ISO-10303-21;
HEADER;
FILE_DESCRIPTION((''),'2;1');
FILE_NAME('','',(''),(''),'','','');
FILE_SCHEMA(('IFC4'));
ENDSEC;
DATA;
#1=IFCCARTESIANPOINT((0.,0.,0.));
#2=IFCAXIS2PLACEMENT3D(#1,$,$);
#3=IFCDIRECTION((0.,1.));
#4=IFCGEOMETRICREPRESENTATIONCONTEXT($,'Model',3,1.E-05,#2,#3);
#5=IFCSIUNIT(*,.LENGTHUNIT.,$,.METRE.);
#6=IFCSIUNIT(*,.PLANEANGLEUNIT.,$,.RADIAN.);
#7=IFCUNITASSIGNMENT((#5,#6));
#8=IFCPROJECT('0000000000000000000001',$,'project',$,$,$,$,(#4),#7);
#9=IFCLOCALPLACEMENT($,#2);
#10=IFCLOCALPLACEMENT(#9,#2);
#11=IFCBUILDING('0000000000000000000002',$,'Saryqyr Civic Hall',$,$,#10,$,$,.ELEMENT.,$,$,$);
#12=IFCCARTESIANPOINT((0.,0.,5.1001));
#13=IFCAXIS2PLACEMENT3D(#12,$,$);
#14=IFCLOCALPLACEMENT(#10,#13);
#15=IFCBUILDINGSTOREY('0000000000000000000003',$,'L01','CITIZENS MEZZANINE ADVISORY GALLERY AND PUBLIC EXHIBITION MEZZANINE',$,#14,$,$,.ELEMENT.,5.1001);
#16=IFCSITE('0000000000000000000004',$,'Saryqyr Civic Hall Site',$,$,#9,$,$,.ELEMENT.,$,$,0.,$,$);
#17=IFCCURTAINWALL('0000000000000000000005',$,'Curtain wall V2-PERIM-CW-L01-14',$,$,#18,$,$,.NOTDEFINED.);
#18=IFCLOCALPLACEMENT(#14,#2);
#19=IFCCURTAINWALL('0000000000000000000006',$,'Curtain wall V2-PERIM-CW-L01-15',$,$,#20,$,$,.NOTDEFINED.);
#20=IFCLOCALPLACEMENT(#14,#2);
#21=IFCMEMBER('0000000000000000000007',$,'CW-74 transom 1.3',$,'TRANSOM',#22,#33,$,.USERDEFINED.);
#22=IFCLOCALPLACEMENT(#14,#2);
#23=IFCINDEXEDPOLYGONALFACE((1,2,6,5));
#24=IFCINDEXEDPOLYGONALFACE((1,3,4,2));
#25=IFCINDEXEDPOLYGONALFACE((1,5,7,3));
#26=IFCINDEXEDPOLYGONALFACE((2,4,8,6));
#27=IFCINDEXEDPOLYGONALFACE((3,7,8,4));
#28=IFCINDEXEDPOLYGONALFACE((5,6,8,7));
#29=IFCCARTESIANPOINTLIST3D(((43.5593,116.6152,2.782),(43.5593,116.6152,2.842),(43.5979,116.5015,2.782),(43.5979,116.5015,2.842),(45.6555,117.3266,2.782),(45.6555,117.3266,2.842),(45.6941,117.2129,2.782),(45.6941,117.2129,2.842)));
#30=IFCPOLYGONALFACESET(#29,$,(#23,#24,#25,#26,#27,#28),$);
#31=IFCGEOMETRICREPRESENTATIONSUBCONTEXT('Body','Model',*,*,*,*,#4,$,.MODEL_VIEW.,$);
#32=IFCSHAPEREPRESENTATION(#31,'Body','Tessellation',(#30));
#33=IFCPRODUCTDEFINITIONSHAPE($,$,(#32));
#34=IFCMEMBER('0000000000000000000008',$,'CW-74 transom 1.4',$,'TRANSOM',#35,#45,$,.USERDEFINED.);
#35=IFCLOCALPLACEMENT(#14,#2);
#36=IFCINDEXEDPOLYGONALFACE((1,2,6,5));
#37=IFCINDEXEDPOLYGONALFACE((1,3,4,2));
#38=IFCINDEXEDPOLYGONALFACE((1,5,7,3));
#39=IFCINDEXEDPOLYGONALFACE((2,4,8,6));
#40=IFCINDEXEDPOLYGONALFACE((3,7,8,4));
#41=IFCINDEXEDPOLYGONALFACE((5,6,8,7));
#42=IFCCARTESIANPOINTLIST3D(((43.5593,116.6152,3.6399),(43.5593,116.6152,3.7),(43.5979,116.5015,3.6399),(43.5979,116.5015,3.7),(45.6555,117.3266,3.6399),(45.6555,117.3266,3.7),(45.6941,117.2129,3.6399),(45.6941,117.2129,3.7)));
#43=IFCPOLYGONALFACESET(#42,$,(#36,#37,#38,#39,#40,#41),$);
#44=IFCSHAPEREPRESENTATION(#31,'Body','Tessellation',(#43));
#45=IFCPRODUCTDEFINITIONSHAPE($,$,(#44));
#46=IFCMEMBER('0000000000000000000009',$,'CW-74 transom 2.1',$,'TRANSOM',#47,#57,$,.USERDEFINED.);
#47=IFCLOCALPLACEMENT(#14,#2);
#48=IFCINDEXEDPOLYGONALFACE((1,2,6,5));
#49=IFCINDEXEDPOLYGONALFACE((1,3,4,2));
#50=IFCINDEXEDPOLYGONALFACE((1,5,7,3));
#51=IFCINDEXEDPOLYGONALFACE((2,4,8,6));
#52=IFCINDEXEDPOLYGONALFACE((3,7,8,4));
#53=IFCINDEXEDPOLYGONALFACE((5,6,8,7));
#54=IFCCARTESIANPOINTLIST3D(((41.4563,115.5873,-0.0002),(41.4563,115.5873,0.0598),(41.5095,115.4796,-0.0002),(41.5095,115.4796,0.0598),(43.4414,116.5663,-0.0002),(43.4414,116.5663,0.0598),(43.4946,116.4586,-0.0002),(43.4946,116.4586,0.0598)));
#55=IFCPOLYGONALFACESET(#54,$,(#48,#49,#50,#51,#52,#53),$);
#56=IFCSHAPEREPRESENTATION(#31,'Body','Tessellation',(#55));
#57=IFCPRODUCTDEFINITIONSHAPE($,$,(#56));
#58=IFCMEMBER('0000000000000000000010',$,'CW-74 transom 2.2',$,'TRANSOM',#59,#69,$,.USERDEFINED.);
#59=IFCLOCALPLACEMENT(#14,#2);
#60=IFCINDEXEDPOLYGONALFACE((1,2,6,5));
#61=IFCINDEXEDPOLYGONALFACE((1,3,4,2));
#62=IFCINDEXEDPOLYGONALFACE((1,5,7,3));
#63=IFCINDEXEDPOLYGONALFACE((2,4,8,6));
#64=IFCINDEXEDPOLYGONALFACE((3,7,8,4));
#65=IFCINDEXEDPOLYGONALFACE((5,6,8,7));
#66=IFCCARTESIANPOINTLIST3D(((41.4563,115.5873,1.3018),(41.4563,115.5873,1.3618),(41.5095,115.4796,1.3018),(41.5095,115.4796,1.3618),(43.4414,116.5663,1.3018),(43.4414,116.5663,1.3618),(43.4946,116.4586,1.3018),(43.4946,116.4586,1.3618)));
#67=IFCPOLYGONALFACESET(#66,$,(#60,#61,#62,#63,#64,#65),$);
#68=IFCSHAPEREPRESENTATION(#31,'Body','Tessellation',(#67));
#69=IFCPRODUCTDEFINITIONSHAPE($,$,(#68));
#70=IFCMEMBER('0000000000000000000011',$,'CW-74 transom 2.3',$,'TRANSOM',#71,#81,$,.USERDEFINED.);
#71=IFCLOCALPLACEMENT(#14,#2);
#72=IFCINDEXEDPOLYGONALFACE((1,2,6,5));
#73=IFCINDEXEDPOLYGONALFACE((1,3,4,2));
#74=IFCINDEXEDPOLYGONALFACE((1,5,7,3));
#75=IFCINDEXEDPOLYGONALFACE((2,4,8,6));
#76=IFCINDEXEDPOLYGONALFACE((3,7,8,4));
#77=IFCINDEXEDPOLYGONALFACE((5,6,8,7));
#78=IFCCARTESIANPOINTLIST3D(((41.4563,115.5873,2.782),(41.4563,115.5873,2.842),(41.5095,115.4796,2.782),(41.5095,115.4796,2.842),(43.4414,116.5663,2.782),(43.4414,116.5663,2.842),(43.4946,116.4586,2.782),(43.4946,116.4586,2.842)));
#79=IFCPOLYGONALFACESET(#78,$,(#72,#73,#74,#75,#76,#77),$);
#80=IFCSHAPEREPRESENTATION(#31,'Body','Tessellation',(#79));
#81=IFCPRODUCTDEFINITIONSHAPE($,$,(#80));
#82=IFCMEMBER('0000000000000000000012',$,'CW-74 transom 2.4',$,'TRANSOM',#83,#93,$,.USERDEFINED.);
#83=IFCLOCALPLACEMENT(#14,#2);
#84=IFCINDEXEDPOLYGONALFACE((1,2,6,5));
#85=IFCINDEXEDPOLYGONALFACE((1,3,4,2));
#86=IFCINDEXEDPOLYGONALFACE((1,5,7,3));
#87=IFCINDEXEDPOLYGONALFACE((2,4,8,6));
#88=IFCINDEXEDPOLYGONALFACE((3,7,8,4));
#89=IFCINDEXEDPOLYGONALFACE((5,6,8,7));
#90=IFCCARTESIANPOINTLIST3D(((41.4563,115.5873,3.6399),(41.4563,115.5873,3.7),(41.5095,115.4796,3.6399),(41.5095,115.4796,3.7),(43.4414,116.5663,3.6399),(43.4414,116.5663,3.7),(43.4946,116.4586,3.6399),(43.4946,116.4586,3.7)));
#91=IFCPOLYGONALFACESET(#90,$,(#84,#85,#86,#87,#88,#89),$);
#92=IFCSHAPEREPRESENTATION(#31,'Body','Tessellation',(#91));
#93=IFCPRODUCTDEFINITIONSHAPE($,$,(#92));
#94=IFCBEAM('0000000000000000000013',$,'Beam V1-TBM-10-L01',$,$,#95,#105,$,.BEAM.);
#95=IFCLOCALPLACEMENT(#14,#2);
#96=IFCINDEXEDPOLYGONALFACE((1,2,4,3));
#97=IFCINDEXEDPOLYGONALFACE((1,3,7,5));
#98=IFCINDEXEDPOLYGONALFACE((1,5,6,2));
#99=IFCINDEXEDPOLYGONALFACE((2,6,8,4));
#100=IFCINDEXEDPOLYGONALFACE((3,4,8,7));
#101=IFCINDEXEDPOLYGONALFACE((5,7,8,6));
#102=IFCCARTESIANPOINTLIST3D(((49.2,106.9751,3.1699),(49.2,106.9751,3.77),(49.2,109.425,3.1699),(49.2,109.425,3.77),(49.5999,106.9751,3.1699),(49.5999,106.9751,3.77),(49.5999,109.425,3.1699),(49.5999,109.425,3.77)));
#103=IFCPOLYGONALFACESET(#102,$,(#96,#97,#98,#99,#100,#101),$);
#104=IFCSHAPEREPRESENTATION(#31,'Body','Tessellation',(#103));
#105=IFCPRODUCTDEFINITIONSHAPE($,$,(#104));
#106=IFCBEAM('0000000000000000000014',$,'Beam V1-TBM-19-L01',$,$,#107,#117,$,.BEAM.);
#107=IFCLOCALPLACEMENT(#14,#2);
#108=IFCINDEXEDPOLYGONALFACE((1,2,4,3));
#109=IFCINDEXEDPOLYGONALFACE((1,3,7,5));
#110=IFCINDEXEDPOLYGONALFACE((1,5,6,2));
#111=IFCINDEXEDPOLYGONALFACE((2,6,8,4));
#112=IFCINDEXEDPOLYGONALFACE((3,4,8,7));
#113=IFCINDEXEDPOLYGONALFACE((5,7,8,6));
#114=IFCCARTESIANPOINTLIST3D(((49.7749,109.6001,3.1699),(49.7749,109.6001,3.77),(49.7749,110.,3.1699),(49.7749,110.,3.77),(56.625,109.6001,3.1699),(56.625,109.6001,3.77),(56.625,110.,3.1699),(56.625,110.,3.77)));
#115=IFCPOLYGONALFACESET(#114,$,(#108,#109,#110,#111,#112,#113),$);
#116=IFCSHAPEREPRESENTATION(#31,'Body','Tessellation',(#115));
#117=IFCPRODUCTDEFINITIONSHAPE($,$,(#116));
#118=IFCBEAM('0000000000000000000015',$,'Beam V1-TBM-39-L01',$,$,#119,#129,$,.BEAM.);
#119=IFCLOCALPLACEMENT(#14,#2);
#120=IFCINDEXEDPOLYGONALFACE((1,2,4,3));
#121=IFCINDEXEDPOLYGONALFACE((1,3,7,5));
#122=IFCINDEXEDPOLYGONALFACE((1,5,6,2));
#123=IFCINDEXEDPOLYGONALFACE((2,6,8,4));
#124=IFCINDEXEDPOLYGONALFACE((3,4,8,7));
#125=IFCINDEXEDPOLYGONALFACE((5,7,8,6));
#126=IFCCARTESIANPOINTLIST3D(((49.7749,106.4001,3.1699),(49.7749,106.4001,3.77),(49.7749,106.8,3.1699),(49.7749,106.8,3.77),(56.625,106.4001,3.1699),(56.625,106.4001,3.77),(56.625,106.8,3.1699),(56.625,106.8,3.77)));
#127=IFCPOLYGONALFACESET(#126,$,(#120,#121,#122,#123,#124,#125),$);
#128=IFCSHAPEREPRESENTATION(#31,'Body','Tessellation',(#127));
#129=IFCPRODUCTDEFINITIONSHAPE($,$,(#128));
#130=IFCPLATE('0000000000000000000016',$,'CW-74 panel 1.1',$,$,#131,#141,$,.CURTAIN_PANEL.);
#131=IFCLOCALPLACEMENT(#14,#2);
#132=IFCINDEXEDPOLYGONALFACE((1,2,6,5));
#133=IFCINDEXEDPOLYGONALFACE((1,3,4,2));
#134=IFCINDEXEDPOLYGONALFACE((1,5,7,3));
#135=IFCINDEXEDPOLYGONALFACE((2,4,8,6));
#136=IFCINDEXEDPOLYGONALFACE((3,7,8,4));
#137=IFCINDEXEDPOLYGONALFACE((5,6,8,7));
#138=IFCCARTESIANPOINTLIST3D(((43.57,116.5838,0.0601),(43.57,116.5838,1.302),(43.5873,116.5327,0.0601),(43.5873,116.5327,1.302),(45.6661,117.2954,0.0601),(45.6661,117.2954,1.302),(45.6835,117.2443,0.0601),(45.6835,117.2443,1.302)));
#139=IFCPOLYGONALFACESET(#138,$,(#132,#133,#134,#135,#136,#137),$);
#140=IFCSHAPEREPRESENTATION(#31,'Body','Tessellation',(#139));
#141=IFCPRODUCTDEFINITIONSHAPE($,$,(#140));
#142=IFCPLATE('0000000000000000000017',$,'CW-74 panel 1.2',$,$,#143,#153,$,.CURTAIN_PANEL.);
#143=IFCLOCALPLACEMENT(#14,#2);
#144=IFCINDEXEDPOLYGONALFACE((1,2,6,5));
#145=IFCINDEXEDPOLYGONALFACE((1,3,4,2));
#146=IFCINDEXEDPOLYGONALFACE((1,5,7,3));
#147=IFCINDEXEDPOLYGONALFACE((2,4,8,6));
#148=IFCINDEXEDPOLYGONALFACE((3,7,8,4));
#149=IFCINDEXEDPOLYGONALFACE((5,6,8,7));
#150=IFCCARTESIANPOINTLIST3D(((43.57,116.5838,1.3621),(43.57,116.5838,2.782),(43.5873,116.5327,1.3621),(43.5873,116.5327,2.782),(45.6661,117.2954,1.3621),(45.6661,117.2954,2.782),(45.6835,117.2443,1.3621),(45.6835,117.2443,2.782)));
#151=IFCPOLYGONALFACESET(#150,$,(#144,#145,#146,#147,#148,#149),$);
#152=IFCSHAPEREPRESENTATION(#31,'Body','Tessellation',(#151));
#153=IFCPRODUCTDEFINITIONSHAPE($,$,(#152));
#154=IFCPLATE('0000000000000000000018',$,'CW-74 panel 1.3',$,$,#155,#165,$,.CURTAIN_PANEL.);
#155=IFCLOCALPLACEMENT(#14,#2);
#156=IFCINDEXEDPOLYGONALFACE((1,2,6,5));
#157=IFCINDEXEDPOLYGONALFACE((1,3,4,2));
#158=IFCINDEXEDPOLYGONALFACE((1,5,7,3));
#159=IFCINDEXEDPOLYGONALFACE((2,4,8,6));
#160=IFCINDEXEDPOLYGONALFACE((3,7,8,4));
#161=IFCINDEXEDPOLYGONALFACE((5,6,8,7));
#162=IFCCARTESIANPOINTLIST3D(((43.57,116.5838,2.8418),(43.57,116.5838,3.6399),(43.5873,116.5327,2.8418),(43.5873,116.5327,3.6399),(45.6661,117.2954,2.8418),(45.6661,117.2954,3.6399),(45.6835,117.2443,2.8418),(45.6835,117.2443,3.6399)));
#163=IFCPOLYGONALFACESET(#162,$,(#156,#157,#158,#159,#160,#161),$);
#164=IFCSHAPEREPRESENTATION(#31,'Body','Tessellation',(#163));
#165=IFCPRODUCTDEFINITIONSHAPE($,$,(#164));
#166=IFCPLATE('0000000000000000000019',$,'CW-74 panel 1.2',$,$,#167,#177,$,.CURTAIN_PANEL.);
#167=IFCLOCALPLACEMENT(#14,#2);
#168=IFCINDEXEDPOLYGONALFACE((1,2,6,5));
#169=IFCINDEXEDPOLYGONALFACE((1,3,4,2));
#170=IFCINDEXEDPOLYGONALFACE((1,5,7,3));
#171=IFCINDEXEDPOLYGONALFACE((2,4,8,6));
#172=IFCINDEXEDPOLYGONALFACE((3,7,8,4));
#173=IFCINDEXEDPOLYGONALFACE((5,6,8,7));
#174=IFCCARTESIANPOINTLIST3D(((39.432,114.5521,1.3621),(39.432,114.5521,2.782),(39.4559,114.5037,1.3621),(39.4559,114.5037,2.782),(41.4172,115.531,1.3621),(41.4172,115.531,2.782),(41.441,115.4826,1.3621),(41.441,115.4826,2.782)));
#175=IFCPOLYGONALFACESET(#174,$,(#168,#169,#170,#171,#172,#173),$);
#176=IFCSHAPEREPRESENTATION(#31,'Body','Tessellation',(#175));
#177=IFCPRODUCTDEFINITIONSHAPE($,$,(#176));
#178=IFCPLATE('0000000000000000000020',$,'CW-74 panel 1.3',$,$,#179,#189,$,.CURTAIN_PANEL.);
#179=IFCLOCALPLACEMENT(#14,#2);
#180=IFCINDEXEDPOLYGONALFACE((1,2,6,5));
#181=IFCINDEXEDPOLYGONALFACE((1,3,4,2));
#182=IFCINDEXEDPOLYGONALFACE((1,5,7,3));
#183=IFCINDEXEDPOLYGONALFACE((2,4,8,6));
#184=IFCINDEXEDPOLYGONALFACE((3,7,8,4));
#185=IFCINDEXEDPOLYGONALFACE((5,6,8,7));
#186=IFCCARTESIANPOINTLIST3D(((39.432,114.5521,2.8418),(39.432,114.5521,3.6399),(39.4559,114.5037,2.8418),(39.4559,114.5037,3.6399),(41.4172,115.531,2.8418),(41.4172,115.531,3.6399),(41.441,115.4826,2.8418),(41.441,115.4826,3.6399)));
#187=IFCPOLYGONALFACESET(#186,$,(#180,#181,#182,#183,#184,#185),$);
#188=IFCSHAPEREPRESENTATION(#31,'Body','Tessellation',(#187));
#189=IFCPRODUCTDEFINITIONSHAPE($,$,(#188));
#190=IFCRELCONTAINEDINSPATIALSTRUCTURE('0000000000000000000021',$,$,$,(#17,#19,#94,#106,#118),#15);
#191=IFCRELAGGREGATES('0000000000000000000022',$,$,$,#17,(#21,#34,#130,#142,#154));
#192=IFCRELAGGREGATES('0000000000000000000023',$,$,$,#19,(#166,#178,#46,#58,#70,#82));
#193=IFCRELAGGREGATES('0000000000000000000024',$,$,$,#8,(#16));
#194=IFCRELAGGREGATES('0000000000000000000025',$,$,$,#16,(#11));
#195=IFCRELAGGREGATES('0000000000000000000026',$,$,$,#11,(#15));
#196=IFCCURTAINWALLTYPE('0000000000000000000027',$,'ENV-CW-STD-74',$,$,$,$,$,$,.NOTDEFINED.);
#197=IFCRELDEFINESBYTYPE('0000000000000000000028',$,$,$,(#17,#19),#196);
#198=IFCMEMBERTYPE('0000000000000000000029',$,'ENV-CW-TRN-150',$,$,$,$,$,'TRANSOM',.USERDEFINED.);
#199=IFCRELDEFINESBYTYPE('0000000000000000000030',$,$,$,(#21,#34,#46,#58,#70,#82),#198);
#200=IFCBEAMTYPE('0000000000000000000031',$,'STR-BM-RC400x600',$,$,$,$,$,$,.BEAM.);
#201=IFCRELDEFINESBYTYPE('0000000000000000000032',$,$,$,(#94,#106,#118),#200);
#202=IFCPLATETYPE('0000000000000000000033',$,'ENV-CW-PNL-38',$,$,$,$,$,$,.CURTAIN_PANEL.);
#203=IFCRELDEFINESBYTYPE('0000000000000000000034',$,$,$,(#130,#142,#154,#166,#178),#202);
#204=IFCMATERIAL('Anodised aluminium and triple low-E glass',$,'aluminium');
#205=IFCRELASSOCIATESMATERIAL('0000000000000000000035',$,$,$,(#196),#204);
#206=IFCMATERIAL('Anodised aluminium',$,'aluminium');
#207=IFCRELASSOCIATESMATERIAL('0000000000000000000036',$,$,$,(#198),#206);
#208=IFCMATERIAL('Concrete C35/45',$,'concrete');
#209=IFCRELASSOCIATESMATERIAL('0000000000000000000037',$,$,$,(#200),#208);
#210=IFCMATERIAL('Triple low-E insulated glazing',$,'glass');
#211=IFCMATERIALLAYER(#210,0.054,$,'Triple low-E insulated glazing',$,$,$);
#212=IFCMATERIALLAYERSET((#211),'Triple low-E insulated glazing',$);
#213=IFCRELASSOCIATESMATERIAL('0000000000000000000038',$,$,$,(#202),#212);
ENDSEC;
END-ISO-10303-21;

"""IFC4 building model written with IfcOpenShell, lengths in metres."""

from ifc_helpers import new_model, si_unit, direction, frame, origin, origin_2d, place, context, subcontext, project, spatial, rectangle, extrude, material, layer, layer_set, material_profile, profile_set, type_object, element, aggregate, save


model = new_model("IFC4")

# Units and contexts
model_context = context("Model", 3, precision=1e-05, world=origin(), true_north=direction((0.0, 1.0)))
body_context = subcontext(model_context, "Body", "Model", "MODEL_VIEW")
ifc_project = project(units=[si_unit("LENGTHUNIT", "METRE"), si_unit("PLANEANGLEUNIT", "RADIAN")], contexts=[model_context])

# Site, building, storey
site_placement = place(None, origin())
site = spatial("IfcSite", under=ifc_project, at=site_placement, Name="Saryqyr Civic Hall Site", CompositionType="ELEMENT", RefElevation=0.0)
building_placement = place(site_placement, origin())
building = spatial("IfcBuilding", under=site, at=building_placement, Name="Saryqyr Civic Hall", CompositionType="ELEMENT")
storey_placement = place(building_placement, frame((0.0, 0.0, 5.1001)))
storey = spatial("IfcBuildingStorey", under=building, at=storey_placement, Name="L01", Description="CITIZENS MEZZANINE ADVISORY GALLERY AND PUBLIC EXHIBITION MEZZANINE", CompositionType="ELEMENT", Elevation=5.1001)

# Shared definitions
ifc_material_1 = material(Name="Anodised aluminium and triple low-E glass", Category="aluminium")
ifc_material_2 = material(Name="Anodised aluminium", Category="aluminium")

# Curtain walls
curtain_wall_type_1 = type_object("IfcCurtainWallType", Name="ENV-CW-STD-74", PredefinedType="NOTDEFINED", material=ifc_material_1)
curtain_wall_1_placement = place(storey_placement, origin())
curtain_wall_1 = element("IfcCurtainWall", 1, at=curtain_wall_1_placement, inside=storey, type_object=curtain_wall_type_1, Name="Curtain wall V2-PERIM-CW-L01-14", PredefinedType="NOTDEFINED")
curtain_wall_2_placement = place(storey_placement, origin())
curtain_wall_2 = element("IfcCurtainWall", 2, at=curtain_wall_2_placement, inside=storey, type_object=curtain_wall_type_1, Name="Curtain wall V2-PERIM-CW-L01-15", PredefinedType="NOTDEFINED")

# Members
ifc_material_profile_1 = material_profile(ifc_material_2, rectangle(XDim=0.1201, YDim=0.0601, at=origin_2d()), Name="ALU TRANSOM 120x60")
ifc_profile_set_1 = profile_set([ifc_material_profile_1], Name="Anodised aluminium")
member_type_1 = type_object("IfcMemberType", Name="ENV-CW-TRN-150", ElementType="TRANSOM", PredefinedType="USERDEFINED", material=ifc_profile_set_1)
member_1_placement = place(storey_placement, frame((43.5786, 116.5583, 2.812), z_axis=(0.946949, 0.321385, 0.0), x_axis=(-0.321385, 0.946949, 0.0)))
member_1 = element("IfcMember", 3, at=member_1_placement, type_object=member_type_1, Name="CW-74 transom 1.3", ObjectType="TRANSOM", PredefinedType="USERDEFINED", context=body_context, shape_type="SweptSolid", body=[
    extrude(rectangle(XDim=0.1201, YDim=0.0601, at=origin_2d()), origin(), (0.0, 0.0, 1.0), 2.2136),
])
member_2_placement = place(storey_placement, frame((43.5786, 116.5583, 3.6699), z_axis=(0.946949, 0.321385, 0.0), x_axis=(-0.321385, 0.946949, 0.0)))
member_2 = element("IfcMember", 4, at=member_2_placement, type_object=member_type_1, Name="CW-74 transom 1.4", ObjectType="TRANSOM", PredefinedType="USERDEFINED", context=body_context, shape_type="SweptSolid", body=[
    extrude(rectangle(XDim=0.1201, YDim=0.0601, at=origin_2d()), origin(), (0.0, 0.0, 1.0), 2.2136),
])
member_3_placement = place(storey_placement, frame((41.4829, 115.5334, 0.0298), z_axis=(0.896862, 0.442309, 0.0), x_axis=(-0.442309, 0.896862, 0.0)))
member_3 = element("IfcMember", 5, at=member_3_placement, type_object=member_type_1, Name="CW-74 transom 2.1", ObjectType="TRANSOM", PredefinedType="USERDEFINED", context=body_context, shape_type="SweptSolid", body=[
    extrude(rectangle(XDim=0.1201, YDim=0.0601, at=origin_2d()), origin(), (0.0, 0.0, 1.0), 2.2134),
])
member_4_placement = place(storey_placement, frame((41.4829, 115.5334, 1.3318), z_axis=(0.896862, 0.442309, 0.0), x_axis=(-0.442309, 0.896862, 0.0)))
member_4 = element("IfcMember", 6, at=member_4_placement, type_object=member_type_1, Name="CW-74 transom 2.2", ObjectType="TRANSOM", PredefinedType="USERDEFINED", context=body_context, shape_type="SweptSolid", body=[
    extrude(rectangle(XDim=0.1201, YDim=0.0601, at=origin_2d()), origin(), (0.0, 0.0, 1.0), 2.2134),
])
member_5_placement = place(storey_placement, frame((41.4829, 115.5334, 2.812), z_axis=(0.896862, 0.442309, 0.0), x_axis=(-0.442309, 0.896862, 0.0)))
member_5 = element("IfcMember", 7, at=member_5_placement, type_object=member_type_1, Name="CW-74 transom 2.3", ObjectType="TRANSOM", PredefinedType="USERDEFINED", context=body_context, shape_type="SweptSolid", body=[
    extrude(rectangle(XDim=0.1201, YDim=0.0601, at=origin_2d()), origin(), (0.0, 0.0, 1.0), 2.2134),
])
member_6_placement = place(storey_placement, frame((41.4829, 115.5334, 3.6699), z_axis=(0.896862, 0.442309, 0.0), x_axis=(-0.442309, 0.896862, 0.0)))
member_6 = element("IfcMember", 8, at=member_6_placement, type_object=member_type_1, Name="CW-74 transom 2.4", ObjectType="TRANSOM", PredefinedType="USERDEFINED", context=body_context, shape_type="SweptSolid", body=[
    extrude(rectangle(XDim=0.1201, YDim=0.0601, at=origin_2d()), origin(), (0.0, 0.0, 1.0), 2.2134),
])

# Beams
ifc_material_3 = material(Name="Concrete C35/45", Category="concrete")
ifc_material_profile_2 = material_profile(ifc_material_3, rectangle(XDim=0.3999, YDim=0.6001, at=origin_2d()), Name="RC 400x600")
ifc_profile_set_2 = profile_set([ifc_material_profile_2], Name="Concrete C35/45")
beam_type = type_object("IfcBeamType", Name="STR-BM-RC400x600", PredefinedType="BEAM", material=ifc_profile_set_2)
beam_placement = place(storey_placement, frame((49.3999, 106.9751, 3.47), z_axis=(0.0, 1.0, 0.0), x_axis=(-1.0, 0.0, 0.0)))
element("IfcBeam", 9, at=beam_placement, inside=storey, type_object=beam_type, Name="Beam V1-TBM-10-L01", PredefinedType="BEAM", context=body_context, shape_type="SweptSolid", body=[
    extrude(rectangle(XDim=0.3999, YDim=0.6001, at=origin_2d()), origin(), (0.0, 0.0, 1.0), 2.45),
])
for number, where, z_axis, x_axis, name in (
    (10, (49.7749, 109.8, 3.47), (1.0, 0.0, 0.0), (0.0, 1.0, 0.0), "Beam V1-TBM-19-L01"),
    (11, (49.7749, 106.6001, 3.47), (1.0, 0.0, 0.0), (0.0, 1.0, 0.0), "Beam V1-TBM-39-L01"),
):
    element("IfcBeam", number, at=place(storey_placement, frame(where, z_axis=z_axis, x_axis=x_axis)), inside=storey, type_object=beam_type, Name=name, PredefinedType="BEAM", context=body_context, shape_type="SweptSolid", body=[
        extrude(rectangle(XDim=0.3999, YDim=0.6001, at=origin_2d()), origin(), (0.0, 0.0, 1.0), 6.8501),
    ])

# Plates
ifc_material_4 = material(Name="Triple low-E insulated glazing", Category="glass")
ifc_layer_1 = layer(ifc_material_4, 0.054, Name="Triple low-E insulated glazing")
ifc_layer_set_1 = layer_set([ifc_layer_1], Name="Triple low-E insulated glazing")
plate_type = type_object("IfcPlateType", Name="ENV-CW-PNL-38", PredefinedType="CURTAIN_PANEL", material=ifc_layer_set_1)
plate_1_placement = place(storey_placement, frame((44.6267, 116.9141, 0.0601), z_axis=(0.0, 0.0, 1.0), x_axis=(0.946928, 0.321445, 0.0)))
plate_1 = element("IfcPlate", 12, at=plate_1_placement, type_object=plate_type, Name="CW-74 panel 1.1", PredefinedType="CURTAIN_PANEL", context=body_context, shape_type="SweptSolid", body=[
    extrude(rectangle(XDim=2.2136, YDim=0.054, at=origin_2d()), origin(), (0.0, 0.0, 1.0), 1.2419),
])
plate_2_placement = place(storey_placement, frame((44.6267, 116.9141, 1.3621), z_axis=(0.0, 0.0, 1.0), x_axis=(0.946928, 0.321445, 0.0)))
plate_2 = element("IfcPlate", 13, at=plate_2_placement, type_object=plate_type, Name="CW-74 panel 1.2", PredefinedType="CURTAIN_PANEL", context=body_context, shape_type="SweptSolid", body=[
    extrude(rectangle(XDim=2.2136, YDim=0.054, at=origin_2d()), origin(), (0.0, 0.0, 1.0), 1.4199),
])
plate_3_placement = place(storey_placement, frame((44.6267, 116.9141, 2.8418), z_axis=(0.0, 0.0, 1.0), x_axis=(0.946928, 0.321445, 0.0)))
plate_3 = element("IfcPlate", 14, at=plate_3_placement, type_object=plate_type, Name="CW-74 panel 1.3", PredefinedType="CURTAIN_PANEL", context=body_context, shape_type="SweptSolid", body=[
    extrude(rectangle(XDim=2.2136, YDim=0.054, at=origin_2d()), origin(), (0.0, 0.0, 1.0), 0.7981),
])
aggregate(curtain_wall_1, [member_1, member_2, plate_1, plate_2, plate_3])
plate_4_placement = place(storey_placement, frame((40.4365, 115.0173, 1.3621), z_axis=(0.0, 0.0, 1.0), x_axis=(0.896875, 0.442284, 0.0)))
plate_4 = element("IfcPlate", 15, at=plate_4_placement, type_object=plate_type, Name="CW-74 panel 1.2", PredefinedType="CURTAIN_PANEL", context=body_context, shape_type="SweptSolid", body=[
    extrude(rectangle(XDim=2.2134, YDim=0.054, at=origin_2d()), origin(), (0.0, 0.0, 1.0), 1.4199),
])
plate_5_placement = place(storey_placement, frame((40.4365, 115.0173, 2.8418), z_axis=(0.0, 0.0, 1.0), x_axis=(0.896875, 0.442284, 0.0)))
plate_5 = element("IfcPlate", 16, at=plate_5_placement, type_object=plate_type, Name="CW-74 panel 1.3", PredefinedType="CURTAIN_PANEL", context=body_context, shape_type="SweptSolid", body=[
    extrude(rectangle(XDim=2.2134, YDim=0.054, at=origin_2d()), origin(), (0.0, 0.0, 1.0), 0.7981),
])
aggregate(curtain_wall_2, [plate_4, plate_5, member_3, member_4, member_5, member_6])

save(model, "model.ifc")
